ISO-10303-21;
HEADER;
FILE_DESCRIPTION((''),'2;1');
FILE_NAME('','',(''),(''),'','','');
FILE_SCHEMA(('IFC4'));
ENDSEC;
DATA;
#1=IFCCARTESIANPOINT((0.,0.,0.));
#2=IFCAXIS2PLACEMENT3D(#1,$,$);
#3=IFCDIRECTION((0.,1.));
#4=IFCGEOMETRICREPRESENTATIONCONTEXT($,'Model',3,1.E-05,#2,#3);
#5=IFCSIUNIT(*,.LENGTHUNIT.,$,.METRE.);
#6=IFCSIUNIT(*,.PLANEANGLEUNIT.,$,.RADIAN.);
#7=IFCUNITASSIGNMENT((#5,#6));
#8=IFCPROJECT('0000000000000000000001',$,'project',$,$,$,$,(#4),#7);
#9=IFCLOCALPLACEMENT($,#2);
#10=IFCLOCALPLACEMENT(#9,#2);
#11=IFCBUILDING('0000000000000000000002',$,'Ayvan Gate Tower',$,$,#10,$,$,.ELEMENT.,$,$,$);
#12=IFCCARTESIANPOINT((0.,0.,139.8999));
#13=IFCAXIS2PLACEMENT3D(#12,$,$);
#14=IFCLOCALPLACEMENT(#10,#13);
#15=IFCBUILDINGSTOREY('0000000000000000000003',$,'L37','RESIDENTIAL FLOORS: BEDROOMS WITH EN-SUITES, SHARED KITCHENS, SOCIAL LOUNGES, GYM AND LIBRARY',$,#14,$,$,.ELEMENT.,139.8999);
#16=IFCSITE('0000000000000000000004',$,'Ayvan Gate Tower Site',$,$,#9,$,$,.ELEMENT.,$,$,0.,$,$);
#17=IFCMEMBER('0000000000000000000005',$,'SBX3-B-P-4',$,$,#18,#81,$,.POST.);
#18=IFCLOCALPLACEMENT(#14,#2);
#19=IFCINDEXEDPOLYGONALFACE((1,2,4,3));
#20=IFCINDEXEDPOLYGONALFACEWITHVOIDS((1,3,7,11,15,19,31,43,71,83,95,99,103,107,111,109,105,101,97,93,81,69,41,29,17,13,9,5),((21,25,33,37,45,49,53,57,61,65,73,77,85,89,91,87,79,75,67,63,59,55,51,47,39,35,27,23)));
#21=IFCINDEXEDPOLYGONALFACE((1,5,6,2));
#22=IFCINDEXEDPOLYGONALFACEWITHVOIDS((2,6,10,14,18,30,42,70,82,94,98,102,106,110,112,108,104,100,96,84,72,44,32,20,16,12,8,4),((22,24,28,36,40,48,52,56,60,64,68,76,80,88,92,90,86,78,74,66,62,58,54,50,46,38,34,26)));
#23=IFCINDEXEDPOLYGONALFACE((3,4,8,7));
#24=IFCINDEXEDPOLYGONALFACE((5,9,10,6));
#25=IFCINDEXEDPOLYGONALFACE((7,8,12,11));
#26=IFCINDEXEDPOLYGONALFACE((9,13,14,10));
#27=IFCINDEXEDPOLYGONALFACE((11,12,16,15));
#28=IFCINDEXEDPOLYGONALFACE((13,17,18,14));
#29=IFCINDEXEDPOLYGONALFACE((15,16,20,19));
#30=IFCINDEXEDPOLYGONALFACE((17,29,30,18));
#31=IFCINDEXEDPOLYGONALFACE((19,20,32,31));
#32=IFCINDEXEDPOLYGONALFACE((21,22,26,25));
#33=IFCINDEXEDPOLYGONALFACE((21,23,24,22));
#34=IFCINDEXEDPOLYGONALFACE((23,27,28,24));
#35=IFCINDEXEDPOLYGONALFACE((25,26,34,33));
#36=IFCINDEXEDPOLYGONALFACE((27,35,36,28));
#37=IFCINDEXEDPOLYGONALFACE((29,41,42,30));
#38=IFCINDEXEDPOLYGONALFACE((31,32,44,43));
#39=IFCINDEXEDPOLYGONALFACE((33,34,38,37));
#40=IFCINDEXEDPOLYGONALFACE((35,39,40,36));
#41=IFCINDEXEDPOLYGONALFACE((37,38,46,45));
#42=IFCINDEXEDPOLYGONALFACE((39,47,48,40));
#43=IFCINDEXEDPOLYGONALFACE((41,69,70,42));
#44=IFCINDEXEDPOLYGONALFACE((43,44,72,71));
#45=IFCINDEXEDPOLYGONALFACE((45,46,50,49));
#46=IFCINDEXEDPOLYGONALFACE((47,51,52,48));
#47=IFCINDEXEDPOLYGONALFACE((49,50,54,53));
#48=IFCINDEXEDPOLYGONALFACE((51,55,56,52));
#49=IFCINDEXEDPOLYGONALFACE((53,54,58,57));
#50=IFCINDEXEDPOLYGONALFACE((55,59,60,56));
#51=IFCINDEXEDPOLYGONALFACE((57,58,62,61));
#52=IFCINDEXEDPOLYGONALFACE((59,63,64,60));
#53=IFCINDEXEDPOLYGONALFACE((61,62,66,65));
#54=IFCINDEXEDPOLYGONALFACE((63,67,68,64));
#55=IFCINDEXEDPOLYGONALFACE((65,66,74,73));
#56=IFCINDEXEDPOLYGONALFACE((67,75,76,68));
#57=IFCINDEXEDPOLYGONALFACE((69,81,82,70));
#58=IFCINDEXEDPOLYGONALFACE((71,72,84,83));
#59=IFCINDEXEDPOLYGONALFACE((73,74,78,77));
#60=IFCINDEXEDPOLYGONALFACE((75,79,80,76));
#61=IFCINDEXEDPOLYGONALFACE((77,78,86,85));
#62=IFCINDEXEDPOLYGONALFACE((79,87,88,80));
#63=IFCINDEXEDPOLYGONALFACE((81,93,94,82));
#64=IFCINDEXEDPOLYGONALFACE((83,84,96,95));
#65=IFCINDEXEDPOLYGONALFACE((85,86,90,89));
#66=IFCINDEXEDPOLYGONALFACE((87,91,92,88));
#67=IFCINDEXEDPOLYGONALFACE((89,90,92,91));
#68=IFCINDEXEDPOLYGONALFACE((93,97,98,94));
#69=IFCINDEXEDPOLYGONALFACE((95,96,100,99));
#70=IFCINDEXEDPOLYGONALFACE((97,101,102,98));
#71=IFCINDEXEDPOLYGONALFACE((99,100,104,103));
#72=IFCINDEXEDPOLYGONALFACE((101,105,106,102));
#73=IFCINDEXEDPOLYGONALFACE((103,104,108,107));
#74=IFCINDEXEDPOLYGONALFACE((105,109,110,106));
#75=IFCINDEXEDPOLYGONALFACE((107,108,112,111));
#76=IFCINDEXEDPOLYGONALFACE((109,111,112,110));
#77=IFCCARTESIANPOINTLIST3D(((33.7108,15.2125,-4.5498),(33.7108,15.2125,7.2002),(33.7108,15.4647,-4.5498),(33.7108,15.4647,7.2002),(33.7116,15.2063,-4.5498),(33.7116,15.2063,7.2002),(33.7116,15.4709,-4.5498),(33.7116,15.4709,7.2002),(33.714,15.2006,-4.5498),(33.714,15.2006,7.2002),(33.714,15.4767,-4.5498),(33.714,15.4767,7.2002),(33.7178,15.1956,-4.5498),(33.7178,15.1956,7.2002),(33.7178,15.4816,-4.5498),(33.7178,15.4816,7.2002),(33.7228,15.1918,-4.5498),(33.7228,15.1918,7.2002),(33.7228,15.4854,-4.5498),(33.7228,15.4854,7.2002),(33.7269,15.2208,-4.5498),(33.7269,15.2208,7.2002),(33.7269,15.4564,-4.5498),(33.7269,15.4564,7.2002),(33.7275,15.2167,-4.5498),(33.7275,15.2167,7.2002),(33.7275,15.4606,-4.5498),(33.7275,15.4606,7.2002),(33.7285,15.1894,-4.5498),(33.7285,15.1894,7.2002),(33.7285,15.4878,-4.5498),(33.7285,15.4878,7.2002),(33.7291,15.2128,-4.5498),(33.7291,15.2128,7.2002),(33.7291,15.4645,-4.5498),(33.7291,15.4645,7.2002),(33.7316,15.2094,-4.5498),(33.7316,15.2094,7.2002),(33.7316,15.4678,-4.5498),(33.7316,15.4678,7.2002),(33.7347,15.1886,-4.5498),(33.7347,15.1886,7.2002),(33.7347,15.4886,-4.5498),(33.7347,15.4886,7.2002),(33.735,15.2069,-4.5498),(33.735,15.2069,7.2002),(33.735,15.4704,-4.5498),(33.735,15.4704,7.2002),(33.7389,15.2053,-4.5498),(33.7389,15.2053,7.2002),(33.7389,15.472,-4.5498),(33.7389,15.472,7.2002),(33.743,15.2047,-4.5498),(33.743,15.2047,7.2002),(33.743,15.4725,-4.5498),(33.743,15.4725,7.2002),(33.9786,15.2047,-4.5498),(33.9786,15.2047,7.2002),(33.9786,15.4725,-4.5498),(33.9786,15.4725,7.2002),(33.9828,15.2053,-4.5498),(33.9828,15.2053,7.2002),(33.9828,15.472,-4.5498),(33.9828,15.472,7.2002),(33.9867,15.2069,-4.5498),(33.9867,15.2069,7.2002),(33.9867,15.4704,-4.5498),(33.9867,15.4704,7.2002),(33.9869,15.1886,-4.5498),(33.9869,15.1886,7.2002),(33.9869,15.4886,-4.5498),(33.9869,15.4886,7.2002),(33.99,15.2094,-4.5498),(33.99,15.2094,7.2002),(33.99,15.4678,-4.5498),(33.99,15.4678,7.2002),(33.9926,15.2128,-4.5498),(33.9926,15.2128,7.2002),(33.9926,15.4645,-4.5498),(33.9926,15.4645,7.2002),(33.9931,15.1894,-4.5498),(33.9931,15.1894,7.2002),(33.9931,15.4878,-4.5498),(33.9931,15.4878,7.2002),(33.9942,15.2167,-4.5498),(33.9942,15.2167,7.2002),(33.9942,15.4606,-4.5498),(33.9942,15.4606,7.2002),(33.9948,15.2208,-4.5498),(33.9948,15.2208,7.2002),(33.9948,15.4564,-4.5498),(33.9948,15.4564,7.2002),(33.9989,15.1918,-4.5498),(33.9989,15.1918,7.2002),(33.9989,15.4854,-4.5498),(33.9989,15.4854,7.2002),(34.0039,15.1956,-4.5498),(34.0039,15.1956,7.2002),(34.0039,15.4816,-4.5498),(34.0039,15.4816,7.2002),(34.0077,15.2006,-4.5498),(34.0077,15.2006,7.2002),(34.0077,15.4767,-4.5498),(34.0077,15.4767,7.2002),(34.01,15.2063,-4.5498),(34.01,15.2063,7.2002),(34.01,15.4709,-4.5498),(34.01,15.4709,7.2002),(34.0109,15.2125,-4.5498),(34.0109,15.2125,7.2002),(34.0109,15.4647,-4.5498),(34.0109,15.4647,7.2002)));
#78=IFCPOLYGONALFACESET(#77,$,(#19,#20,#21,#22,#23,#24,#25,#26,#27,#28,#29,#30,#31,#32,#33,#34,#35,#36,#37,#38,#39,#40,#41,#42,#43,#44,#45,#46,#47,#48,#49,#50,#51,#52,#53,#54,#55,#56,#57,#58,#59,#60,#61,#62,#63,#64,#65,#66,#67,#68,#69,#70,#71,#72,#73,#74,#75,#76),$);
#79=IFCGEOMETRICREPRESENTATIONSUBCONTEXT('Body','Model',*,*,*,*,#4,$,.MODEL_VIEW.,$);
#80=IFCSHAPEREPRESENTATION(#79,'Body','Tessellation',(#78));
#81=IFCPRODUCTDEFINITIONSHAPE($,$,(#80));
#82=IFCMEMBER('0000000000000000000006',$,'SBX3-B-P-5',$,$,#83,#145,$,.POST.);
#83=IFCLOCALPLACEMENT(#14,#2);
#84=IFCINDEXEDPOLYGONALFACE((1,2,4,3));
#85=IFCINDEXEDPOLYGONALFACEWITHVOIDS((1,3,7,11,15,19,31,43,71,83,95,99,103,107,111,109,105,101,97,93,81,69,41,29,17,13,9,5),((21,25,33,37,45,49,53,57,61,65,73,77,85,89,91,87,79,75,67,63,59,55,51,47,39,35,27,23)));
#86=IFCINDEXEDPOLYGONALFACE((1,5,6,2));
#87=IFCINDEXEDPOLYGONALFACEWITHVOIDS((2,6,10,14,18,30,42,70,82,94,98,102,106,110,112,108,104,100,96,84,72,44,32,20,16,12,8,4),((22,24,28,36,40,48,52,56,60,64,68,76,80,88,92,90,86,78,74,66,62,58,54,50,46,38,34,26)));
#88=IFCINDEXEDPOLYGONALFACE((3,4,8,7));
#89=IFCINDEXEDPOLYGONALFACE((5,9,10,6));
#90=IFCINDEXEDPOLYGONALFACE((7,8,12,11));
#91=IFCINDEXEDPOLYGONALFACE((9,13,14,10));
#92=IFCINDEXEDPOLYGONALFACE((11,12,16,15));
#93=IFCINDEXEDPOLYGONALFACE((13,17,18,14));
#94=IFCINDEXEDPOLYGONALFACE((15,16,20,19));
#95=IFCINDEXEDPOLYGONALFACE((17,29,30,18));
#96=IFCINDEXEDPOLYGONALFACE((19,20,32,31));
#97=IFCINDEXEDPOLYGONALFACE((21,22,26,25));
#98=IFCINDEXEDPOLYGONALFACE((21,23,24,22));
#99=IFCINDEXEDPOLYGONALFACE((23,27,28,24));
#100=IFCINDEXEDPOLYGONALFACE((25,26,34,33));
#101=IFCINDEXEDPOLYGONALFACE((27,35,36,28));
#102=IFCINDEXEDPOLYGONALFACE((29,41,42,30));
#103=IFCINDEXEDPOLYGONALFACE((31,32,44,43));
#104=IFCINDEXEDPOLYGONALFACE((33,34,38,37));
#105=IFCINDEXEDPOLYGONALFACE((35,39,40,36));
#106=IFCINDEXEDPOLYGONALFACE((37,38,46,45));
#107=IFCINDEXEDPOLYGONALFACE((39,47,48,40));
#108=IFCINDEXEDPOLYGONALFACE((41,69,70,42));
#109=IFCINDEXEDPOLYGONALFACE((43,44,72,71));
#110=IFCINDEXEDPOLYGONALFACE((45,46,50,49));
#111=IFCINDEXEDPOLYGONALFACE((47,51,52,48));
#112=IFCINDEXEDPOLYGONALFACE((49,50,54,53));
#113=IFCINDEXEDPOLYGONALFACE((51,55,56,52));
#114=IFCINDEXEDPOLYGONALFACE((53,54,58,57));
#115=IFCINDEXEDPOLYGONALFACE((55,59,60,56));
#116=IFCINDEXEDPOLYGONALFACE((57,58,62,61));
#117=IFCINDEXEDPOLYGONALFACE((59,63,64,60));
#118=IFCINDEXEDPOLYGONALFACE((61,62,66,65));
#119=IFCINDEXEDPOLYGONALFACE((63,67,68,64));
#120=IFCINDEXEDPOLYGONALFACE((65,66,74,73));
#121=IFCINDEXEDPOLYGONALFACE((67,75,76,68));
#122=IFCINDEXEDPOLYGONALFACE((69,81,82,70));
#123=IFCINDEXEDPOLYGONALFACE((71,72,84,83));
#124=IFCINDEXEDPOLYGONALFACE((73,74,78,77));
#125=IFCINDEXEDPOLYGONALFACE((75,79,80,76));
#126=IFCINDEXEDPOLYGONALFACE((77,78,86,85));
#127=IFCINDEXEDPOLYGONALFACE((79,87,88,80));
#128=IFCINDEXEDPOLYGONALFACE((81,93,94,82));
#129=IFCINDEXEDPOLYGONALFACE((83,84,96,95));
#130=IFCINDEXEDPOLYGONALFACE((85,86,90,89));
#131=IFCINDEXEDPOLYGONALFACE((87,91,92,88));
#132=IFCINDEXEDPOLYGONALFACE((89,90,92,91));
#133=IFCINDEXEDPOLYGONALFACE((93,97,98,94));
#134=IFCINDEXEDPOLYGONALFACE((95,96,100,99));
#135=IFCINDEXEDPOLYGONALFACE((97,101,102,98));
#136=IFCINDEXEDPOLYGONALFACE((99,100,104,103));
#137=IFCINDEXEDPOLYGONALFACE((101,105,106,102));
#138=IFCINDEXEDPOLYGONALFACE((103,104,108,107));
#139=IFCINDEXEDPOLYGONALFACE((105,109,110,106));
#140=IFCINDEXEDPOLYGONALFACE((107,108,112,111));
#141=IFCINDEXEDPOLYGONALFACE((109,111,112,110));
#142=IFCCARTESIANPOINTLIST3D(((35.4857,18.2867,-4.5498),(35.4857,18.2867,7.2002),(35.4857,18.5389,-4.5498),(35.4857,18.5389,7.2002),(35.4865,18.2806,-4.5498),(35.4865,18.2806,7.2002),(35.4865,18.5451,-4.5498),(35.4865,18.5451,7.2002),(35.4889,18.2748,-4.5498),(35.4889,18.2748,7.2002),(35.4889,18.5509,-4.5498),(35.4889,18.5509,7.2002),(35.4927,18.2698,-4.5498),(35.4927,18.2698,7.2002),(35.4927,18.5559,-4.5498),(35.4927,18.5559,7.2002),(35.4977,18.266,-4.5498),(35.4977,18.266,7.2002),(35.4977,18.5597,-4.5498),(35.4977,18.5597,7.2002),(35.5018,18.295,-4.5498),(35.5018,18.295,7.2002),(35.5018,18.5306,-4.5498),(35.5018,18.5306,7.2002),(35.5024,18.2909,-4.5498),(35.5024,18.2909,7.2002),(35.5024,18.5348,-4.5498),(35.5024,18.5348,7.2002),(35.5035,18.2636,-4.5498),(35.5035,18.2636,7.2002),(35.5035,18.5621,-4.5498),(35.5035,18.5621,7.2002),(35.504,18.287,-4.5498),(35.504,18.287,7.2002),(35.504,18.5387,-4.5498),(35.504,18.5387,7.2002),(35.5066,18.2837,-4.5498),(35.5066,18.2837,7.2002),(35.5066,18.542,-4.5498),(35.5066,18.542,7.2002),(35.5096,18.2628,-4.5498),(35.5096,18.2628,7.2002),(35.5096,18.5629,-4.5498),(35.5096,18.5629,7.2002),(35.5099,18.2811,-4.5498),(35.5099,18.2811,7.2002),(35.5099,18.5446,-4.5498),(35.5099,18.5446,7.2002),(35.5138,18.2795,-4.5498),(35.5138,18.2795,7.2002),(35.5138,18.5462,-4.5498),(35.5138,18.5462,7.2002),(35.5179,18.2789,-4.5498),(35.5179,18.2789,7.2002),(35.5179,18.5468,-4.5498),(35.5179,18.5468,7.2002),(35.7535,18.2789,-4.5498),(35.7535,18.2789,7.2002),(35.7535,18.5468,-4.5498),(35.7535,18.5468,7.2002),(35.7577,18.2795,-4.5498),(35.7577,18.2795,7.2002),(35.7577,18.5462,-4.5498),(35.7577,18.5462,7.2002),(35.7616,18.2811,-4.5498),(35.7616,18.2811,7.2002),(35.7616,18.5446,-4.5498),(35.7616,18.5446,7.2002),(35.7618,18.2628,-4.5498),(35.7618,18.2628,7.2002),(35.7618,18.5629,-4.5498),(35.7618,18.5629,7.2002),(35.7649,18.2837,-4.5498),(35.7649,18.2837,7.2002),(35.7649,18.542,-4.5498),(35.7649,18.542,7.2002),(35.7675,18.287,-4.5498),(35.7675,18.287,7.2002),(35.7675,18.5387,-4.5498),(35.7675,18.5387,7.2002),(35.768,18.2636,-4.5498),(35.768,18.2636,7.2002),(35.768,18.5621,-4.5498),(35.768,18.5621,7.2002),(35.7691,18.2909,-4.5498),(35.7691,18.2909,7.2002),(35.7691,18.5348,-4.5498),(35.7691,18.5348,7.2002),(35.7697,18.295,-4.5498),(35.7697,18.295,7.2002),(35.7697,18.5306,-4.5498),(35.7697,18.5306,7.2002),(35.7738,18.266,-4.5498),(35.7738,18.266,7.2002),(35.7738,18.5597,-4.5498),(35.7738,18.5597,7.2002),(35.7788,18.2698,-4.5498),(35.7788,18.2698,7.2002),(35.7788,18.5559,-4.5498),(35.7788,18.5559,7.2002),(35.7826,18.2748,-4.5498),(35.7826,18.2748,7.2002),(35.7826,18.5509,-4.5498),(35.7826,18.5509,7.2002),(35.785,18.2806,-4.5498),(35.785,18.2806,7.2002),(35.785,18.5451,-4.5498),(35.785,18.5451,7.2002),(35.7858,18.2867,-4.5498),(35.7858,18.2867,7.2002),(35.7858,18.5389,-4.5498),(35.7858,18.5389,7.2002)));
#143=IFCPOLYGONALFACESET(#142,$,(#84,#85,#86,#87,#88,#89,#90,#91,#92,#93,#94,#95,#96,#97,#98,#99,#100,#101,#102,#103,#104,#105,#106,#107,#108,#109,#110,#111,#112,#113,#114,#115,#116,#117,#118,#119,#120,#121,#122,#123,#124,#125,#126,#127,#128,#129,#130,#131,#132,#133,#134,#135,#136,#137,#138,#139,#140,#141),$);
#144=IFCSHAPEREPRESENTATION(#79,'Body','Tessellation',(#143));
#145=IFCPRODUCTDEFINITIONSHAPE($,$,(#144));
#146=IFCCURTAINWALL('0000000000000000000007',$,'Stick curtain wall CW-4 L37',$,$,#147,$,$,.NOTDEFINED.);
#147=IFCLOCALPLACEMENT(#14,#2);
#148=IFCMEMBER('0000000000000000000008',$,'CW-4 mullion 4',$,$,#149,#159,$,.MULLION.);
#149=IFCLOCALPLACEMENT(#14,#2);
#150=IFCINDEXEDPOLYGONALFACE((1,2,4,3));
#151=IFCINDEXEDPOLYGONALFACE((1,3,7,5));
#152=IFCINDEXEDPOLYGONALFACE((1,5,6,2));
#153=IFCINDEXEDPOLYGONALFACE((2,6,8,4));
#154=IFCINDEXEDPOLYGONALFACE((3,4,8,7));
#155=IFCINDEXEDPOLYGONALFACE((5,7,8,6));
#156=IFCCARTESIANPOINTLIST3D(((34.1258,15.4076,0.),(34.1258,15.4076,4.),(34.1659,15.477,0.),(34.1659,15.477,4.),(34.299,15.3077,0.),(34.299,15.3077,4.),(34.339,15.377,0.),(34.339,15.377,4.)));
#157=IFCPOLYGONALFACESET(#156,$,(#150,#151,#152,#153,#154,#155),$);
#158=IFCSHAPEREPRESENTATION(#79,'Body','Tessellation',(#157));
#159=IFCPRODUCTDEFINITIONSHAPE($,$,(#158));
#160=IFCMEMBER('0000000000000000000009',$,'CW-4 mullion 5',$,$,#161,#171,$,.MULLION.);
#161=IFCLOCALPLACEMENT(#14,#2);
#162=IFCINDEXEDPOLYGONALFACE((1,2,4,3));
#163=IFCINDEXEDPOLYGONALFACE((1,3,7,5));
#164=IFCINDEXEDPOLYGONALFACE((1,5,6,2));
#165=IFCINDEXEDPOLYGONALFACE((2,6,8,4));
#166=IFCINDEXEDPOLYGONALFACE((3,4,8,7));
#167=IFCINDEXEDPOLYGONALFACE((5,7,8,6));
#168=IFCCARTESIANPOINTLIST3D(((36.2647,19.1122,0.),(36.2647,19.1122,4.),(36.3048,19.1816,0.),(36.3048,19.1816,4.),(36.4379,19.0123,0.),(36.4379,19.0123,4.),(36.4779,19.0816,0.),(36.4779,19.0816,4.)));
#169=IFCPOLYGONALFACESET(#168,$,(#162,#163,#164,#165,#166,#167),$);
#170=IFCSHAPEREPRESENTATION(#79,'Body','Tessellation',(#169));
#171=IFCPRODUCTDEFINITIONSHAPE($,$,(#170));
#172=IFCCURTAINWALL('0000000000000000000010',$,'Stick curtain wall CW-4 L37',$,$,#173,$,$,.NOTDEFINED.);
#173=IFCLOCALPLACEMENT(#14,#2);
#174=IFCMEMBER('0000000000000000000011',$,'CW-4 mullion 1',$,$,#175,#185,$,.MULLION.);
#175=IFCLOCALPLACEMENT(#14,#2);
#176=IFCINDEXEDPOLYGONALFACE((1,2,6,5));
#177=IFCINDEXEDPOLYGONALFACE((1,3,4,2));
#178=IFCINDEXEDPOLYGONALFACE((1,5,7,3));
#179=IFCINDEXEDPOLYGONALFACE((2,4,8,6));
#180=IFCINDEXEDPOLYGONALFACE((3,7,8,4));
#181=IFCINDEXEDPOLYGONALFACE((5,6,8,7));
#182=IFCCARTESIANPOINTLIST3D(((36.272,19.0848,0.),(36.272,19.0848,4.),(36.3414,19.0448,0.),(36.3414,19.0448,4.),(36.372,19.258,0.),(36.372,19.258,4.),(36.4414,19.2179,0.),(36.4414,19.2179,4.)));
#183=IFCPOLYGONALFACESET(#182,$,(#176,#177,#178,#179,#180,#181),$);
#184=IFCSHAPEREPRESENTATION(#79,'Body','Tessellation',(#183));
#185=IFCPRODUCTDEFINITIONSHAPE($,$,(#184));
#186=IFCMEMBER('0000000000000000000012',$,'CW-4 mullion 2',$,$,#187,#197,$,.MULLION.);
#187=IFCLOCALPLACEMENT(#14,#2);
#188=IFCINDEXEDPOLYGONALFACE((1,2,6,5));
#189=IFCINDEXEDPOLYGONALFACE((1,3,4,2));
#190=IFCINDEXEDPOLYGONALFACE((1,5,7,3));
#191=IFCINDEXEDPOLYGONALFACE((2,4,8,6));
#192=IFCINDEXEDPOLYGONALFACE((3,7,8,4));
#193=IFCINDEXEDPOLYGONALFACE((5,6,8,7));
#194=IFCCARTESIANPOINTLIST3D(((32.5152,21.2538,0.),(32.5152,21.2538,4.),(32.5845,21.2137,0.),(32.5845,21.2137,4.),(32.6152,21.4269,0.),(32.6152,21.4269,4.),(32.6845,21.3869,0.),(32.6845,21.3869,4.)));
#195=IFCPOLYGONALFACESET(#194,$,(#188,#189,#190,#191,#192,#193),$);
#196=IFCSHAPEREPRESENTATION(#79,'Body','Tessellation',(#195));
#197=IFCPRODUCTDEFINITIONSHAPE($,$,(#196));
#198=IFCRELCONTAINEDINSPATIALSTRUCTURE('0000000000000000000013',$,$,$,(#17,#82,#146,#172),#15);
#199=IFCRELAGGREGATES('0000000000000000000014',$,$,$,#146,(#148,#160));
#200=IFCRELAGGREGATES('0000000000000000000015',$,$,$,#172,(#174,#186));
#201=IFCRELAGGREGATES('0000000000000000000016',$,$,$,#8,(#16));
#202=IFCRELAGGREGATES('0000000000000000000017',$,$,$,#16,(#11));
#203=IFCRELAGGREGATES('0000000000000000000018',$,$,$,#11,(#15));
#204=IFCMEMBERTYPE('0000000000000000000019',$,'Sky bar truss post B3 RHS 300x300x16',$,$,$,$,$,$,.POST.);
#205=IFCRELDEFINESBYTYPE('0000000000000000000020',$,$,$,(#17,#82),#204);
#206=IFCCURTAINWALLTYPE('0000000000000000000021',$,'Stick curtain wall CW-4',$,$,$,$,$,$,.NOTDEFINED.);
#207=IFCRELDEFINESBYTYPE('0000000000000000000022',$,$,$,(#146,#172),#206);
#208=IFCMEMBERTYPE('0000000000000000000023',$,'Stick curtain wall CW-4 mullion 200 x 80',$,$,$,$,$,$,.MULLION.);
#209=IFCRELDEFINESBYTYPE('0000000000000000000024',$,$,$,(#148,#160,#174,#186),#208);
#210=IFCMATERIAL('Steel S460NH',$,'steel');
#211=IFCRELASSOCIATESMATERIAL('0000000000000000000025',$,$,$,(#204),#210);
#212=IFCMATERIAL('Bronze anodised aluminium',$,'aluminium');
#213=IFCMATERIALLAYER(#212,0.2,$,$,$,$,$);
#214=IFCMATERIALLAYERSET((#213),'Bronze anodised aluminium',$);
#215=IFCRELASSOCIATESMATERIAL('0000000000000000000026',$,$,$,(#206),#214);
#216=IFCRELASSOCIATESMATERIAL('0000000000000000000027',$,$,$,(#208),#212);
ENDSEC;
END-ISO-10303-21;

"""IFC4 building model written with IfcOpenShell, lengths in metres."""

from ifc_helpers import new_model, si_unit, direction, frame, origin, origin_2d, place, context, subcontext, project, spatial, rectangle, hollow_rectangle, extrude, material, layer, layer_set, material_profile, profile_set, type_object, element, aggregate, save


model = new_model("IFC4")

# Units and contexts
model_context = context("Model", 3, precision=1e-05, world=origin(), true_north=direction((0.0, 1.0)))
body_context = subcontext(model_context, "Body", "Model", "MODEL_VIEW")
ifc_project = project(units=[si_unit("LENGTHUNIT", "METRE"), si_unit("PLANEANGLEUNIT", "RADIAN")], contexts=[model_context])

# Site, building, storey
site_placement = place(None, origin())
site = spatial("IfcSite", under=ifc_project, at=site_placement, Name="Ayvan Gate Tower Site", CompositionType="ELEMENT", RefElevation=0.0)
building_placement = place(site_placement, origin())
building = spatial("IfcBuilding", under=site, at=building_placement, Name="Ayvan Gate Tower", CompositionType="ELEMENT")
storey_placement = place(building_placement, frame((0.0, 0.0, 139.8999)))
storey = spatial("IfcBuildingStorey", under=building, at=storey_placement, Name="L37", Description="RESIDENTIAL FLOORS: BEDROOMS WITH EN-SUITES, SHARED KITCHENS, SOCIAL LOUNGES, GYM AND LIBRARY", CompositionType="ELEMENT", Elevation=139.8999)

# Members
ifc_material_1 = material(Name="Steel S460NH", Category="steel")
ifc_material_profile_1 = material_profile(ifc_material_1, hollow_rectangle(XDim=0.3, YDim=0.3, WallThickness=0.0161, InnerFilletRadius=0.0161, OuterFilletRadius=0.0239, at=origin_2d()), Name="RHS 300x300x16")
ifc_profile_set_1 = profile_set([ifc_material_profile_1], Name="Steel S460NH")
member_type_1 = type_object("IfcMemberType", Name="Sky bar truss post B3 RHS 300x300x16", PredefinedType="POST", material=ifc_profile_set_1)
for number, where, z_axis, x_axis, name in (
    (1, (33.8608, 15.3386, -4.5498), (0.0, 0.0, 1.0), (1.0, 0.0, 0.0), "SBX3-B-P-4"),
    (2, (35.6357, 18.4128, -4.5498), (0.0, 0.0, 1.0), (1.0, 0.0, 0.0), "SBX3-B-P-5"),
):
    element("IfcMember", number, at=place(storey_placement, frame(where, z_axis=z_axis, x_axis=x_axis)), inside=storey, type_object=member_type_1, Name=name, PredefinedType="POST", context=body_context, shape_type="SweptSolid", body=[
        extrude(hollow_rectangle(XDim=0.3, YDim=0.3, WallThickness=0.0161, InnerFilletRadius=0.0161, OuterFilletRadius=0.0239, at=origin_2d()), origin(), (0.0, 0.0, 1.0), 11.75),
    ])

# Curtain walls, members
ifc_material_2 = material(Name="Bronze anodised aluminium", Category="aluminium")
ifc_layer_1 = layer(ifc_material_2, 0.2)
ifc_layer_set_1 = layer_set([ifc_layer_1], Name="Bronze anodised aluminium")
curtain_wall_type = type_object("IfcCurtainWallType", Name="Stick curtain wall CW-4", PredefinedType="NOTDEFINED", material=ifc_layer_set_1)
curtain_wall_1_placement = place(storey_placement, origin())
curtain_wall_1 = element("IfcCurtainWall", 3, at=curtain_wall_1_placement, inside=storey, type_object=curtain_wall_type, Name="Stick curtain wall CW-4 L37", PredefinedType="NOTDEFINED")
ifc_material_profile_2 = material_profile(ifc_material_2, rectangle(XDim=0.2, YDim=0.0801, at=origin_2d()), Name="Stick curtain wall CW-4 mullion 200 x 80")
ifc_profile_set_2 = profile_set([ifc_material_profile_2], Name="Bronze anodised aluminium")
member_type_2 = type_object("IfcMemberType", Name="Stick curtain wall CW-4 mullion 200 x 80", PredefinedType="MULLION", material=ifc_profile_set_2)
member_1_placement = place(storey_placement, frame((34.2324, 15.3923, 0.0), z_axis=(0.0, 0.0, 1.0), x_axis=(0.866025, -0.5, 0.0)))
member_1 = element("IfcMember", 4, at=member_1_placement, type_object=member_type_2, Name="CW-4 mullion 4", PredefinedType="MULLION", context=body_context, shape_type="SweptSolid", body=[
    extrude(rectangle(XDim=0.2, YDim=0.0801, at=origin_2d()), origin(), (0.0, 0.0, 1.0), 4.0),
])
member_2_placement = place(storey_placement, frame((36.3713, 19.0969, 0.0), z_axis=(0.0, 0.0, 1.0), x_axis=(0.866025, -0.5, 0.0)))
member_2 = element("IfcMember", 5, at=member_2_placement, type_object=member_type_2, Name="CW-4 mullion 5", PredefinedType="MULLION", context=body_context, shape_type="SweptSolid", body=[
    extrude(rectangle(XDim=0.2, YDim=0.0801, at=origin_2d()), origin(), (0.0, 0.0, 1.0), 4.0),
])
curtain_wall_2_placement = place(storey_placement, origin())
curtain_wall_2 = element("IfcCurtainWall", 6, at=curtain_wall_2_placement, inside=storey, type_object=curtain_wall_type, Name="Stick curtain wall CW-4 L37", PredefinedType="NOTDEFINED")
member_3_placement = place(storey_placement, frame((36.3567, 19.1514, 0.0), z_axis=(0.0, 0.0, 1.0), x_axis=(0.5, 0.866025, 0.0)))
member_3 = element("IfcMember", 7, at=member_3_placement, type_object=member_type_2, Name="CW-4 mullion 1", PredefinedType="MULLION", context=body_context, shape_type="SweptSolid", body=[
    extrude(rectangle(XDim=0.2, YDim=0.0801, at=origin_2d()), origin(), (0.0, 0.0, 1.0), 4.0),
])
member_4_placement = place(storey_placement, frame((32.5999, 21.3203, 0.0), z_axis=(0.0, 0.0, 1.0), x_axis=(0.5, 0.866025, 0.0)))
member_4 = element("IfcMember", 8, at=member_4_placement, type_object=member_type_2, Name="CW-4 mullion 2", PredefinedType="MULLION", context=body_context, shape_type="SweptSolid", body=[
    extrude(rectangle(XDim=0.2, YDim=0.0801, at=origin_2d()), origin(), (0.0, 0.0, 1.0), 4.0),
])

aggregate(curtain_wall_1, [member_1, member_2])
aggregate(curtain_wall_2, [member_3, member_4])

save(model, "model.ifc")
